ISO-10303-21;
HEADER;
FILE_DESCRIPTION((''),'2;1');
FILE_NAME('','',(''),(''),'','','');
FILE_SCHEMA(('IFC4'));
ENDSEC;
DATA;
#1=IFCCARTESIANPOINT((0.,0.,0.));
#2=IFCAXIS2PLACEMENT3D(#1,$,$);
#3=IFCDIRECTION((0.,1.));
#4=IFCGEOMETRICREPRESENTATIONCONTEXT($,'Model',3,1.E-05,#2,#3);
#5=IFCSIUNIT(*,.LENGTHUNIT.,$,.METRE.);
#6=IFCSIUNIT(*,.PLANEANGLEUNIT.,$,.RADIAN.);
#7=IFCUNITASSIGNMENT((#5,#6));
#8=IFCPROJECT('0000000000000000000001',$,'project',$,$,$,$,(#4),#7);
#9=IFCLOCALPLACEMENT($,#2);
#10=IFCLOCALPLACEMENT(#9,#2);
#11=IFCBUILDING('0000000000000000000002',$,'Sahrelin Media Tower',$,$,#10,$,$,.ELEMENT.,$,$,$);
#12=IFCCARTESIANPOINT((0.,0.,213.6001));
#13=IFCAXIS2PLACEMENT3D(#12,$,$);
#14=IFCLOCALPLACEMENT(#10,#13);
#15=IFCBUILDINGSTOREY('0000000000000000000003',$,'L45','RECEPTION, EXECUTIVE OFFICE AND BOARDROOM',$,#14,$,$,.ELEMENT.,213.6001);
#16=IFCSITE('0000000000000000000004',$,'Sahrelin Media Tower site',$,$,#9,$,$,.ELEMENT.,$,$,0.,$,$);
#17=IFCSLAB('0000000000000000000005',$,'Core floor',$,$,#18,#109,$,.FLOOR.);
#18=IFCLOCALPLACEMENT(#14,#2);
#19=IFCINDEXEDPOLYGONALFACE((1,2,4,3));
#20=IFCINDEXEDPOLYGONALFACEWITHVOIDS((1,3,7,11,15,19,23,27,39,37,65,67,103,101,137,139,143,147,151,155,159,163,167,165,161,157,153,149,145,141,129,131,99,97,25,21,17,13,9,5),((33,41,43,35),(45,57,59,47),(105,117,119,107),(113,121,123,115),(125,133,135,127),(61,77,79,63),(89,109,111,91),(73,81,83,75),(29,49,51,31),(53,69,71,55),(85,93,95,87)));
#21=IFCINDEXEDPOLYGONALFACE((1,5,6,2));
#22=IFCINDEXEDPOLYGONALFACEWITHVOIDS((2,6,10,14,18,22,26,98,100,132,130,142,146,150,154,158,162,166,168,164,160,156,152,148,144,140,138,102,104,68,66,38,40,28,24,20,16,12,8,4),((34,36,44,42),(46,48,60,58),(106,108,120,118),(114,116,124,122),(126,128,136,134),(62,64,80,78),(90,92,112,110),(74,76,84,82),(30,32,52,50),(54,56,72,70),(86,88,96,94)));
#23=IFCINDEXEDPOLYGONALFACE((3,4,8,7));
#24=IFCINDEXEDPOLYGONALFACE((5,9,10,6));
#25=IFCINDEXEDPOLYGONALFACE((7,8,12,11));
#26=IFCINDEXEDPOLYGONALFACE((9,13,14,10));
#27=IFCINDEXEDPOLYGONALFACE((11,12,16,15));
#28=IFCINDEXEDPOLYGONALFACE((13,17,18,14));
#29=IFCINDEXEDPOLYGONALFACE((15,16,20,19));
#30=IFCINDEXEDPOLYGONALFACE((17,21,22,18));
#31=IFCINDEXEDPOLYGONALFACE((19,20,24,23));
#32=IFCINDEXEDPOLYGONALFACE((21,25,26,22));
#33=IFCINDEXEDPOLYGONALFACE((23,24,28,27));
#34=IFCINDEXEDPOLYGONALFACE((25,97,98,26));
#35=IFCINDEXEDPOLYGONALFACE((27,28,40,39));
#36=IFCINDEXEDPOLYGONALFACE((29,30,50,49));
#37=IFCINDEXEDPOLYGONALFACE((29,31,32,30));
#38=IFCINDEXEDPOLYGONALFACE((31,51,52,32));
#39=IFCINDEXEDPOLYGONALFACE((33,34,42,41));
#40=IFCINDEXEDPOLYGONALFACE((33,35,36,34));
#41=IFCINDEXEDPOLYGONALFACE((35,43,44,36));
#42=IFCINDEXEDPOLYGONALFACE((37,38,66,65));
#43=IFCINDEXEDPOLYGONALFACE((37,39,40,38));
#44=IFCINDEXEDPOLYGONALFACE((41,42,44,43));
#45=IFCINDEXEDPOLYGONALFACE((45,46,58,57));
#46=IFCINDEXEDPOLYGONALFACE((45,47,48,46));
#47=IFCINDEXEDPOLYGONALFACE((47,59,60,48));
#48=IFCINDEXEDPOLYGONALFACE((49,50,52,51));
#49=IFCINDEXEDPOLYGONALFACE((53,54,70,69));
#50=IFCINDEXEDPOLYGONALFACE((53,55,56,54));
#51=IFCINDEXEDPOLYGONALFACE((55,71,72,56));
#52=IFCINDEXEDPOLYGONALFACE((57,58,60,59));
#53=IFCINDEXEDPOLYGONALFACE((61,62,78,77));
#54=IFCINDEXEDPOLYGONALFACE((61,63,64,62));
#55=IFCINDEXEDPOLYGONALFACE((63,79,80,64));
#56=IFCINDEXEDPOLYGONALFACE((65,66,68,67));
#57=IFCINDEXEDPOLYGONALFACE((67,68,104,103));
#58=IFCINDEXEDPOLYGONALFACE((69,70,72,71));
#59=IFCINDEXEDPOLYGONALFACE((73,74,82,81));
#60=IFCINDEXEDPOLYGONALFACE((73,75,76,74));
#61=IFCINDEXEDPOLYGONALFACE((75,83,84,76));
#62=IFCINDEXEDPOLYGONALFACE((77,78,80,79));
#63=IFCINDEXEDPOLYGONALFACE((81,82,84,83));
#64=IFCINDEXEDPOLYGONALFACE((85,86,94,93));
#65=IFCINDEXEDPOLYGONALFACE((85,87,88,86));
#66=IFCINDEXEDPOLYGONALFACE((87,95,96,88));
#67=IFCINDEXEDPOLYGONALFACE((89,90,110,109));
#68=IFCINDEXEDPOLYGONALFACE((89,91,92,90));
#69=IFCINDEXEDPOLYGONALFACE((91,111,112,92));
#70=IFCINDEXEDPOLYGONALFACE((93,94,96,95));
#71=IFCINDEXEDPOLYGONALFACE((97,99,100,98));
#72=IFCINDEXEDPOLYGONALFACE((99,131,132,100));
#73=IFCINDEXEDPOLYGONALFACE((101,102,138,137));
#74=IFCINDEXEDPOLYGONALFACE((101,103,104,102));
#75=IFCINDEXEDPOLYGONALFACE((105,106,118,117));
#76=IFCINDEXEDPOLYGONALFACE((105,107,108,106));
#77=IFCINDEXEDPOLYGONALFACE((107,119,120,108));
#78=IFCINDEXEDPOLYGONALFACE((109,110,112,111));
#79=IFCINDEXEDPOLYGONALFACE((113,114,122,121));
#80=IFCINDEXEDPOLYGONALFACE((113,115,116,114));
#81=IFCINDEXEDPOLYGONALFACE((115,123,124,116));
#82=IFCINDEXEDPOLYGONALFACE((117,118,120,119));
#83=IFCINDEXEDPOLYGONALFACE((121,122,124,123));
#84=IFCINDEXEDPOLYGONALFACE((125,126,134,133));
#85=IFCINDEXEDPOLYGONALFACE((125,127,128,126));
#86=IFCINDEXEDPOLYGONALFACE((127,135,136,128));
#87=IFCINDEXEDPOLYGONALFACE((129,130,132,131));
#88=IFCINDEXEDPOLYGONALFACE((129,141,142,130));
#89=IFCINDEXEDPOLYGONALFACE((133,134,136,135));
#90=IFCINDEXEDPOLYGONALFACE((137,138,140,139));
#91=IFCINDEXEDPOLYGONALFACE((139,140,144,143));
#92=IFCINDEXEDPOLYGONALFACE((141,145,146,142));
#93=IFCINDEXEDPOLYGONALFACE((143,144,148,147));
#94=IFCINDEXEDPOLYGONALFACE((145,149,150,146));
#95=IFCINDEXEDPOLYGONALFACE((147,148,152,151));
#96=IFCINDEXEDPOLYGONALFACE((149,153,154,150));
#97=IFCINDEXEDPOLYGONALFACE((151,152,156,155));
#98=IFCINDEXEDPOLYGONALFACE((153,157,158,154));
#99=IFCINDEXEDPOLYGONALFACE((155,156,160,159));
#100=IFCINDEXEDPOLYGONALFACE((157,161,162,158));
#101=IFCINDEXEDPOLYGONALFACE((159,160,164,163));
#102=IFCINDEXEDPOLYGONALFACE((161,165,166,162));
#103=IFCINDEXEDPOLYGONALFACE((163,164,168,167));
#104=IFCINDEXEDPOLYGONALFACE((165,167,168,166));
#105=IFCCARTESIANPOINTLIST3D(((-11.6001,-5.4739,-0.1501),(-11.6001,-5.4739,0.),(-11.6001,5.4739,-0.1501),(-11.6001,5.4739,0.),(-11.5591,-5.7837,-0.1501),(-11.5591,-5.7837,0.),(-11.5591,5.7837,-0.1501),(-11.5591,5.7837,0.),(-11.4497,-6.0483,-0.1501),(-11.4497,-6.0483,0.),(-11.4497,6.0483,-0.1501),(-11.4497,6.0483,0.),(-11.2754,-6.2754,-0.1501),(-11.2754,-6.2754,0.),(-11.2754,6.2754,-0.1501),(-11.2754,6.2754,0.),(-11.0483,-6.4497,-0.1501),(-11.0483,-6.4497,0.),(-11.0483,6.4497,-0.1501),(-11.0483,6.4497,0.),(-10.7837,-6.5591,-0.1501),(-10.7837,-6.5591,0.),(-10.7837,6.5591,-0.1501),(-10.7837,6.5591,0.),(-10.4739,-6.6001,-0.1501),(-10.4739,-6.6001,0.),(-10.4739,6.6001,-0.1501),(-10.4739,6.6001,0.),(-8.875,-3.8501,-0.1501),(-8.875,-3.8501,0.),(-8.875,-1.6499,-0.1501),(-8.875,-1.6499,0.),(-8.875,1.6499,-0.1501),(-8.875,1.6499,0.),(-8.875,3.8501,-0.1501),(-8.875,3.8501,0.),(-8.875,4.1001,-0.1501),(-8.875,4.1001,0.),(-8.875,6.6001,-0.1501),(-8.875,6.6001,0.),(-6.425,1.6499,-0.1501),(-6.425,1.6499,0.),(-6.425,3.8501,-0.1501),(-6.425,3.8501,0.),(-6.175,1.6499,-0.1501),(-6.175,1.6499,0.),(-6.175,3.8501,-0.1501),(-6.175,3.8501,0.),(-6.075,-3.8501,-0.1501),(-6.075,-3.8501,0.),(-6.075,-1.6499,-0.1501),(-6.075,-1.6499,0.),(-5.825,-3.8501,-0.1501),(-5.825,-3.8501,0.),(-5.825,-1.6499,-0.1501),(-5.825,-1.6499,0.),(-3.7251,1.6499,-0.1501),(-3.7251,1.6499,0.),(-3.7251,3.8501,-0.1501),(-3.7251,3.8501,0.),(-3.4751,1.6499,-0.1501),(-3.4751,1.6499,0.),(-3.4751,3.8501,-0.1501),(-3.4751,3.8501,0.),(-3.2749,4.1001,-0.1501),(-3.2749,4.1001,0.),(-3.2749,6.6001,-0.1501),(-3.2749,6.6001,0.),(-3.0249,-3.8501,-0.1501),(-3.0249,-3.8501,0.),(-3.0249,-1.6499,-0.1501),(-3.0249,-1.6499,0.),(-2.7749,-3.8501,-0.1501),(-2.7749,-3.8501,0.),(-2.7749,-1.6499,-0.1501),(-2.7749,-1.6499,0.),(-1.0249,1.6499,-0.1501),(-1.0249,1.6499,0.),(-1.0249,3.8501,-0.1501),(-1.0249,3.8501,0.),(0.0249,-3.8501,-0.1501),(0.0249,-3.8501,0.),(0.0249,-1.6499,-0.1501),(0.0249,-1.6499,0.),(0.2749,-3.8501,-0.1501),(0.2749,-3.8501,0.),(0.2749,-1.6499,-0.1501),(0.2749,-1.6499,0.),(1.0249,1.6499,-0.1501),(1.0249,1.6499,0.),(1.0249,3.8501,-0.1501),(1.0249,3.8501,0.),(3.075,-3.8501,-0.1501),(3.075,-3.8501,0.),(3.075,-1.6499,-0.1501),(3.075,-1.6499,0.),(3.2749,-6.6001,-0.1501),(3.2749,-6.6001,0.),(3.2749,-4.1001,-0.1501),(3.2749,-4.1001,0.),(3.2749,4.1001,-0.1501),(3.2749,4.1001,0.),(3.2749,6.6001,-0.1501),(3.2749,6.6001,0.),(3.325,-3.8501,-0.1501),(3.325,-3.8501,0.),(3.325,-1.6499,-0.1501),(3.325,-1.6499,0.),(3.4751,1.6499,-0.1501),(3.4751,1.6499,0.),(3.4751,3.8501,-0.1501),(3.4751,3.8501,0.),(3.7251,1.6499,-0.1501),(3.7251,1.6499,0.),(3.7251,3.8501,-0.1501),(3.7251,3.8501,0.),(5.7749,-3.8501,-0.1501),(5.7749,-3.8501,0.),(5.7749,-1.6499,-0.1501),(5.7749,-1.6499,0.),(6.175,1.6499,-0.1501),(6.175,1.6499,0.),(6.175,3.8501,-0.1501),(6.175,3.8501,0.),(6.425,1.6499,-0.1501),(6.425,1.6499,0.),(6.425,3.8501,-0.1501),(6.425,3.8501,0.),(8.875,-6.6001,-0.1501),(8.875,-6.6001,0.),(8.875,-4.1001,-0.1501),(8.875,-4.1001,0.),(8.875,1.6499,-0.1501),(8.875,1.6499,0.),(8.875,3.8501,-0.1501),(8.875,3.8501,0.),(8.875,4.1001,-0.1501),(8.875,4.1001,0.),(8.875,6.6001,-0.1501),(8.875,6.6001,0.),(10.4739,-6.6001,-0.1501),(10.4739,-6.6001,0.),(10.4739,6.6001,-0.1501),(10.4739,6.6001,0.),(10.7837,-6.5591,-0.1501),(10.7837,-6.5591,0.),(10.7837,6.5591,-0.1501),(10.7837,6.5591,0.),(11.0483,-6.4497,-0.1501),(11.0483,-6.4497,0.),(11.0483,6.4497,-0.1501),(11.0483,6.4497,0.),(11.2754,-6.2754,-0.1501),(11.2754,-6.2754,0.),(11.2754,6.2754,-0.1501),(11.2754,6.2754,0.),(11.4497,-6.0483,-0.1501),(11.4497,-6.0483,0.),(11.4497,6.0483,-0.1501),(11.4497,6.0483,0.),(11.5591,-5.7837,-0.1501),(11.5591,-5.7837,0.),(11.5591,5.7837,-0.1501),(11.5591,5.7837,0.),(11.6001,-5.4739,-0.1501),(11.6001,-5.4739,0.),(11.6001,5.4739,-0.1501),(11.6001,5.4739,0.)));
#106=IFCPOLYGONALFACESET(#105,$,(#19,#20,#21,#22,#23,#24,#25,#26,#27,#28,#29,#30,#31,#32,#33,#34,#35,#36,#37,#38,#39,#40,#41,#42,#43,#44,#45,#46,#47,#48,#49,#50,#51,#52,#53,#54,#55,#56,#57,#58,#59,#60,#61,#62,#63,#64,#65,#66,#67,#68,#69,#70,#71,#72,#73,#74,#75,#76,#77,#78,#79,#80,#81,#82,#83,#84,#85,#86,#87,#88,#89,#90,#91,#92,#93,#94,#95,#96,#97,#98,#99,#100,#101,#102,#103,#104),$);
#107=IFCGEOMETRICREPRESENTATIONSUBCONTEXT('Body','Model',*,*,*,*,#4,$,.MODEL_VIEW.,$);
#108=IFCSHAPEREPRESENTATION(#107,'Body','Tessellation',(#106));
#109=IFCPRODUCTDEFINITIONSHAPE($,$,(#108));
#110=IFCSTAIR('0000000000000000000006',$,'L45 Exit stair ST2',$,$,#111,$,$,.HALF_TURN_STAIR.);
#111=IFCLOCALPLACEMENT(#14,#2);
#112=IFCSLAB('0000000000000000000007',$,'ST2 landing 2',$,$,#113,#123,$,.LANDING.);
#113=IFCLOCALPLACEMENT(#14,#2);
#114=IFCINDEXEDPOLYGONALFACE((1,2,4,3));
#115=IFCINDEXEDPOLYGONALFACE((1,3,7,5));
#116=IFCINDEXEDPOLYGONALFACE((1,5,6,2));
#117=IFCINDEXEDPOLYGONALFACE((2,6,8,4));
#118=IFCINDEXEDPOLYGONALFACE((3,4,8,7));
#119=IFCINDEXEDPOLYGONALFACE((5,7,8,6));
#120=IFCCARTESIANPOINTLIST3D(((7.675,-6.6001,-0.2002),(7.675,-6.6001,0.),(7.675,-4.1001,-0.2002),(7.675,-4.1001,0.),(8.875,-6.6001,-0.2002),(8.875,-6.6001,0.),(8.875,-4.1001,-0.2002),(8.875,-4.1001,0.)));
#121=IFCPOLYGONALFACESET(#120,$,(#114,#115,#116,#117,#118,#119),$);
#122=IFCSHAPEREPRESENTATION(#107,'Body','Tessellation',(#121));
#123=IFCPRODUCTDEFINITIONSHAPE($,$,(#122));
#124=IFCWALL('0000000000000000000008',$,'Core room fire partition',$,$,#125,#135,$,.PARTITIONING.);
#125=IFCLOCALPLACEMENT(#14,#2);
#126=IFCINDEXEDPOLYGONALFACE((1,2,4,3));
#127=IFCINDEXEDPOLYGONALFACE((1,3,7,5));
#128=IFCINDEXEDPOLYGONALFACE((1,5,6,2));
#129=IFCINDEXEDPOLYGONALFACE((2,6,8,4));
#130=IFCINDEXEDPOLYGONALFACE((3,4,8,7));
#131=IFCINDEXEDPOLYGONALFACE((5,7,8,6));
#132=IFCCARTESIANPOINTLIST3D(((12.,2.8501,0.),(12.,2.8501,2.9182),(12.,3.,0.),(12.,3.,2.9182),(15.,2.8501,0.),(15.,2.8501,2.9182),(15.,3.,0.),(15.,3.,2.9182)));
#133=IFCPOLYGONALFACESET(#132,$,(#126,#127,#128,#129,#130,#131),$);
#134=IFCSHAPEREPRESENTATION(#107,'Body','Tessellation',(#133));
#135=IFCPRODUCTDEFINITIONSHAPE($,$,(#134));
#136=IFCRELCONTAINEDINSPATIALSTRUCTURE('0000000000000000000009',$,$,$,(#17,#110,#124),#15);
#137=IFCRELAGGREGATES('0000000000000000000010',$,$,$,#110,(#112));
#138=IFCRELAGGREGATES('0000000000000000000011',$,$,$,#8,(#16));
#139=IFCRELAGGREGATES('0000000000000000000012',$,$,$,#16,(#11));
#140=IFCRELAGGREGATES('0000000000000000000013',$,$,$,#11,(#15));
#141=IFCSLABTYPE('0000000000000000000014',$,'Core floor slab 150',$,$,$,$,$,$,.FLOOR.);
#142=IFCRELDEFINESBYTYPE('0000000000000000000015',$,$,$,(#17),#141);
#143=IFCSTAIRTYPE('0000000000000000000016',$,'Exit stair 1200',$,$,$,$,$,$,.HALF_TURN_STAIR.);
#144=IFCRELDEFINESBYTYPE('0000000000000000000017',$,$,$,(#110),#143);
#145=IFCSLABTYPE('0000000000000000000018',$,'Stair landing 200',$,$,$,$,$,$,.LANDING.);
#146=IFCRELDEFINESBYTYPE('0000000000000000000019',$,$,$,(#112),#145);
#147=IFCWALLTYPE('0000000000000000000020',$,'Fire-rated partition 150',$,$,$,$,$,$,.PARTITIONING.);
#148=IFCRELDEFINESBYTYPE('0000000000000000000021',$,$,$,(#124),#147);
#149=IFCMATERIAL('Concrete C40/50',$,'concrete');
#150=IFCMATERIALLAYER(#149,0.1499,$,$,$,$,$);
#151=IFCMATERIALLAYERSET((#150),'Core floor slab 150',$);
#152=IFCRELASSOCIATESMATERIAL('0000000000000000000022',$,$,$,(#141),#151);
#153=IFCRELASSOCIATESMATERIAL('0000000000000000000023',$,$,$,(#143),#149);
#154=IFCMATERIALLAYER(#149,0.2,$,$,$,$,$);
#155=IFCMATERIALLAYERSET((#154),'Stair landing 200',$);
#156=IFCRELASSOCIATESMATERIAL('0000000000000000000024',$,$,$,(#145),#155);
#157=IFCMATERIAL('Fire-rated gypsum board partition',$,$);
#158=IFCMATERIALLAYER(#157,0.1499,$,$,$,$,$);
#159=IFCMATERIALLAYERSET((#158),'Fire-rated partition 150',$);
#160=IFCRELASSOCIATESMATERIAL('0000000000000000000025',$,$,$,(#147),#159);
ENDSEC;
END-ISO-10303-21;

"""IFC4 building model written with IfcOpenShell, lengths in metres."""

from ifc_helpers import new_model, si_unit, direction, frame, frame_2d, origin, place, context, subcontext, project, spatial, polyline, rectangle, outline, extrude, material, layer, layer_set, type_object, element, aggregate, save


model = new_model("IFC4")

# Units and contexts
model_context = context("Model", 3, precision=1e-05, world=origin(), true_north=direction((0.0, 1.0)))
body_context = subcontext(model_context, "Body", "Model", "MODEL_VIEW")
ifc_project = project(units=[si_unit("LENGTHUNIT", "METRE"), si_unit("PLANEANGLEUNIT", "RADIAN")], contexts=[model_context])

# Site, building, storey
site_placement = place(None, origin())
site = spatial("IfcSite", under=ifc_project, at=site_placement, Name="Sahrelin Media Tower site", CompositionType="ELEMENT", RefElevation=0.0)
building_placement = place(site_placement, origin())
building = spatial("IfcBuilding", under=site, at=building_placement, Name="Sahrelin Media Tower", CompositionType="ELEMENT")
storey_placement = place(building_placement, frame((0.0, 0.0, 213.6001)))
storey = spatial("IfcBuildingStorey", under=building, at=storey_placement, Name="L45", Description="RECEPTION, EXECUTIVE OFFICE AND BOARDROOM", CompositionType="ELEMENT", Elevation=213.6001)

# Slab
ifc_material_1 = material(Name="Concrete C40/50", Category="concrete")
ifc_layer_1 = layer(ifc_material_1, 0.1499)
ifc_layer_set_1 = layer_set([ifc_layer_1], Name="Core floor slab 150")
slab_type_1 = type_object("IfcSlabType", Name="Core floor slab 150", PredefinedType="FLOOR", material=ifc_layer_set_1)
slab_1_placement = place(storey_placement, frame((0.0, 0.0, -0.1501)))
element("IfcSlab", 1, at=slab_1_placement, inside=storey, type_object=slab_type_1, Name="Core floor", PredefinedType="FLOOR", context=body_context, shape_type="SweptSolid", body=[
    extrude(outline(polyline([(-11.6001, -5.4739), (-11.5591, -5.7837), (-11.4497, -6.0483), (-11.2754, -6.2754), (-11.0483, -6.4497), (-10.7837, -6.5591), (-10.4739, -6.6001), (3.2749, -6.6001), (3.2749, -4.1001), (8.875, -4.1001), (8.875, -6.6001), (10.4739, -6.6001), (10.7837, -6.5591), (11.0483, -6.4497), (11.2754, -6.2754), (11.4497, -6.0483), (11.5591, -5.7837), (11.6001, -5.4739), (11.6001, 5.4739), (11.5591, 5.7837), (11.4497, 6.0483), (11.2754, 6.2754), (11.0483, 6.4497), (10.7837, 6.5591), (10.4739, 6.6001), (8.875, 6.6001), (8.875, 4.1001), (3.2749, 4.1001), (3.2749, 6.6001), (-3.2749, 6.6001), (-3.2749, 4.1001), (-8.875, 4.1001), (-8.875, 6.6001), (-10.4739, 6.6001), (-10.7837, 6.5591), (-11.0483, 6.4497), (-11.2754, 6.2754), (-11.4497, 6.0483), (-11.5591, 5.7837), (-11.6001, 5.4739), (-11.6001, -5.4739)]), holes=[polyline([(-8.875, 3.8501), (-8.875, 1.6499), (-6.425, 1.6499), (-6.425, 3.8501), (-8.875, 3.8501)]), polyline([(-3.7251, 3.8501), (-6.175, 3.8501), (-6.175, 1.6499), (-3.7251, 1.6499), (-3.7251, 3.8501)]), polyline([(-1.0249, 1.6499), (-1.0249, 3.8501), (-3.4751, 3.8501), (-3.4751, 1.6499), (-1.0249, 1.6499)]), polyline([(1.0249, 1.6499), (3.4751, 1.6499), (3.4751, 3.8501), (1.0249, 3.8501), (1.0249, 1.6499)]), polyline([(3.7251, 3.8501), (3.7251, 1.6499), (6.175, 1.6499), (6.175, 3.8501), (3.7251, 3.8501)]), polyline([(8.875, 3.8501), (6.425, 3.8501), (6.425, 1.6499), (8.875, 1.6499), (8.875, 3.8501)]), polyline([(-6.075, -3.8501), (-6.075, -1.6499), (-8.875, -1.6499), (-8.875, -3.8501), (-6.075, -3.8501)]), polyline([(-5.825, -3.8501), (-3.0249, -3.8501), (-3.0249, -1.6499), (-5.825, -1.6499), (-5.825, -3.8501)]), polyline([(-2.7749, -1.6499), (-2.7749, -3.8501), (0.0249, -3.8501), (0.0249, -1.6499), (-2.7749, -1.6499)]), polyline([(3.075, -1.6499), (0.2749, -1.6499), (0.2749, -3.8501), (3.075, -3.8501), (3.075, -1.6499)]), polyline([(5.7749, -3.8501), (5.7749, -1.6499), (3.325, -1.6499), (3.325, -3.8501), (5.7749, -3.8501)])]), origin(), (0.0, 0.0, 1.0), 0.1501),
])

# Stair, slab
stair_type = type_object("IfcStairType", Name="Exit stair 1200", PredefinedType="HALF_TURN_STAIR", material=ifc_material_1)
stair_placement = place(storey_placement, origin())
stair = element("IfcStair", 2, at=stair_placement, inside=storey, type_object=stair_type, Name="L45 Exit stair ST2", PredefinedType="HALF_TURN_STAIR")
ifc_layer_2 = layer(ifc_material_1, 0.2)
ifc_layer_set_2 = layer_set([ifc_layer_2], Name="Stair landing 200")
slab_type_2 = type_object("IfcSlabType", Name="Stair landing 200", PredefinedType="LANDING", material=ifc_layer_set_2)
slab_2_placement = place(storey_placement, frame((0.0, 0.0, -0.2002)))
slab_2 = element("IfcSlab", 3, at=slab_2_placement, type_object=slab_type_2, Name="ST2 landing 2", PredefinedType="LANDING", context=body_context, shape_type="SweptSolid", body=[
    extrude(outline(polyline([(8.875, -4.1001), (7.675, -4.1001), (7.675, -6.6001), (8.875, -6.6001), (8.875, -4.1001)])), origin(), (0.0, 0.0, 1.0), 0.2002),
])
aggregate(stair, [slab_2])

# Wall
ifc_material_2 = material(Name="Fire-rated gypsum board partition")
ifc_layer_3 = layer(ifc_material_2, 0.1499)
ifc_layer_set_3 = layer_set([ifc_layer_3], Name="Fire-rated partition 150")
wall_type_1 = type_object("IfcWallType", Name="Fire-rated partition 150", PredefinedType="PARTITIONING", material=ifc_layer_set_3)
wall_1_placement = place(storey_placement, frame((12.0, 2.925, 0.0), z_axis=(0.0, 0.0, 1.0), x_axis=(1.0, 0.0, 0.0)))
element("IfcWall", 4, at=wall_1_placement, inside=storey, type_object=wall_type_1, Name="Core room fire partition", PredefinedType="PARTITIONING", context=body_context, shape_type="SweptSolid", body=[
    extrude(rectangle(XDim=3.0, YDim=0.1499, at=frame_2d((1.5, 0.0))), origin(), (0.0, 0.0, 1.0), 2.9182),
])

save(model, "model.ifc")
